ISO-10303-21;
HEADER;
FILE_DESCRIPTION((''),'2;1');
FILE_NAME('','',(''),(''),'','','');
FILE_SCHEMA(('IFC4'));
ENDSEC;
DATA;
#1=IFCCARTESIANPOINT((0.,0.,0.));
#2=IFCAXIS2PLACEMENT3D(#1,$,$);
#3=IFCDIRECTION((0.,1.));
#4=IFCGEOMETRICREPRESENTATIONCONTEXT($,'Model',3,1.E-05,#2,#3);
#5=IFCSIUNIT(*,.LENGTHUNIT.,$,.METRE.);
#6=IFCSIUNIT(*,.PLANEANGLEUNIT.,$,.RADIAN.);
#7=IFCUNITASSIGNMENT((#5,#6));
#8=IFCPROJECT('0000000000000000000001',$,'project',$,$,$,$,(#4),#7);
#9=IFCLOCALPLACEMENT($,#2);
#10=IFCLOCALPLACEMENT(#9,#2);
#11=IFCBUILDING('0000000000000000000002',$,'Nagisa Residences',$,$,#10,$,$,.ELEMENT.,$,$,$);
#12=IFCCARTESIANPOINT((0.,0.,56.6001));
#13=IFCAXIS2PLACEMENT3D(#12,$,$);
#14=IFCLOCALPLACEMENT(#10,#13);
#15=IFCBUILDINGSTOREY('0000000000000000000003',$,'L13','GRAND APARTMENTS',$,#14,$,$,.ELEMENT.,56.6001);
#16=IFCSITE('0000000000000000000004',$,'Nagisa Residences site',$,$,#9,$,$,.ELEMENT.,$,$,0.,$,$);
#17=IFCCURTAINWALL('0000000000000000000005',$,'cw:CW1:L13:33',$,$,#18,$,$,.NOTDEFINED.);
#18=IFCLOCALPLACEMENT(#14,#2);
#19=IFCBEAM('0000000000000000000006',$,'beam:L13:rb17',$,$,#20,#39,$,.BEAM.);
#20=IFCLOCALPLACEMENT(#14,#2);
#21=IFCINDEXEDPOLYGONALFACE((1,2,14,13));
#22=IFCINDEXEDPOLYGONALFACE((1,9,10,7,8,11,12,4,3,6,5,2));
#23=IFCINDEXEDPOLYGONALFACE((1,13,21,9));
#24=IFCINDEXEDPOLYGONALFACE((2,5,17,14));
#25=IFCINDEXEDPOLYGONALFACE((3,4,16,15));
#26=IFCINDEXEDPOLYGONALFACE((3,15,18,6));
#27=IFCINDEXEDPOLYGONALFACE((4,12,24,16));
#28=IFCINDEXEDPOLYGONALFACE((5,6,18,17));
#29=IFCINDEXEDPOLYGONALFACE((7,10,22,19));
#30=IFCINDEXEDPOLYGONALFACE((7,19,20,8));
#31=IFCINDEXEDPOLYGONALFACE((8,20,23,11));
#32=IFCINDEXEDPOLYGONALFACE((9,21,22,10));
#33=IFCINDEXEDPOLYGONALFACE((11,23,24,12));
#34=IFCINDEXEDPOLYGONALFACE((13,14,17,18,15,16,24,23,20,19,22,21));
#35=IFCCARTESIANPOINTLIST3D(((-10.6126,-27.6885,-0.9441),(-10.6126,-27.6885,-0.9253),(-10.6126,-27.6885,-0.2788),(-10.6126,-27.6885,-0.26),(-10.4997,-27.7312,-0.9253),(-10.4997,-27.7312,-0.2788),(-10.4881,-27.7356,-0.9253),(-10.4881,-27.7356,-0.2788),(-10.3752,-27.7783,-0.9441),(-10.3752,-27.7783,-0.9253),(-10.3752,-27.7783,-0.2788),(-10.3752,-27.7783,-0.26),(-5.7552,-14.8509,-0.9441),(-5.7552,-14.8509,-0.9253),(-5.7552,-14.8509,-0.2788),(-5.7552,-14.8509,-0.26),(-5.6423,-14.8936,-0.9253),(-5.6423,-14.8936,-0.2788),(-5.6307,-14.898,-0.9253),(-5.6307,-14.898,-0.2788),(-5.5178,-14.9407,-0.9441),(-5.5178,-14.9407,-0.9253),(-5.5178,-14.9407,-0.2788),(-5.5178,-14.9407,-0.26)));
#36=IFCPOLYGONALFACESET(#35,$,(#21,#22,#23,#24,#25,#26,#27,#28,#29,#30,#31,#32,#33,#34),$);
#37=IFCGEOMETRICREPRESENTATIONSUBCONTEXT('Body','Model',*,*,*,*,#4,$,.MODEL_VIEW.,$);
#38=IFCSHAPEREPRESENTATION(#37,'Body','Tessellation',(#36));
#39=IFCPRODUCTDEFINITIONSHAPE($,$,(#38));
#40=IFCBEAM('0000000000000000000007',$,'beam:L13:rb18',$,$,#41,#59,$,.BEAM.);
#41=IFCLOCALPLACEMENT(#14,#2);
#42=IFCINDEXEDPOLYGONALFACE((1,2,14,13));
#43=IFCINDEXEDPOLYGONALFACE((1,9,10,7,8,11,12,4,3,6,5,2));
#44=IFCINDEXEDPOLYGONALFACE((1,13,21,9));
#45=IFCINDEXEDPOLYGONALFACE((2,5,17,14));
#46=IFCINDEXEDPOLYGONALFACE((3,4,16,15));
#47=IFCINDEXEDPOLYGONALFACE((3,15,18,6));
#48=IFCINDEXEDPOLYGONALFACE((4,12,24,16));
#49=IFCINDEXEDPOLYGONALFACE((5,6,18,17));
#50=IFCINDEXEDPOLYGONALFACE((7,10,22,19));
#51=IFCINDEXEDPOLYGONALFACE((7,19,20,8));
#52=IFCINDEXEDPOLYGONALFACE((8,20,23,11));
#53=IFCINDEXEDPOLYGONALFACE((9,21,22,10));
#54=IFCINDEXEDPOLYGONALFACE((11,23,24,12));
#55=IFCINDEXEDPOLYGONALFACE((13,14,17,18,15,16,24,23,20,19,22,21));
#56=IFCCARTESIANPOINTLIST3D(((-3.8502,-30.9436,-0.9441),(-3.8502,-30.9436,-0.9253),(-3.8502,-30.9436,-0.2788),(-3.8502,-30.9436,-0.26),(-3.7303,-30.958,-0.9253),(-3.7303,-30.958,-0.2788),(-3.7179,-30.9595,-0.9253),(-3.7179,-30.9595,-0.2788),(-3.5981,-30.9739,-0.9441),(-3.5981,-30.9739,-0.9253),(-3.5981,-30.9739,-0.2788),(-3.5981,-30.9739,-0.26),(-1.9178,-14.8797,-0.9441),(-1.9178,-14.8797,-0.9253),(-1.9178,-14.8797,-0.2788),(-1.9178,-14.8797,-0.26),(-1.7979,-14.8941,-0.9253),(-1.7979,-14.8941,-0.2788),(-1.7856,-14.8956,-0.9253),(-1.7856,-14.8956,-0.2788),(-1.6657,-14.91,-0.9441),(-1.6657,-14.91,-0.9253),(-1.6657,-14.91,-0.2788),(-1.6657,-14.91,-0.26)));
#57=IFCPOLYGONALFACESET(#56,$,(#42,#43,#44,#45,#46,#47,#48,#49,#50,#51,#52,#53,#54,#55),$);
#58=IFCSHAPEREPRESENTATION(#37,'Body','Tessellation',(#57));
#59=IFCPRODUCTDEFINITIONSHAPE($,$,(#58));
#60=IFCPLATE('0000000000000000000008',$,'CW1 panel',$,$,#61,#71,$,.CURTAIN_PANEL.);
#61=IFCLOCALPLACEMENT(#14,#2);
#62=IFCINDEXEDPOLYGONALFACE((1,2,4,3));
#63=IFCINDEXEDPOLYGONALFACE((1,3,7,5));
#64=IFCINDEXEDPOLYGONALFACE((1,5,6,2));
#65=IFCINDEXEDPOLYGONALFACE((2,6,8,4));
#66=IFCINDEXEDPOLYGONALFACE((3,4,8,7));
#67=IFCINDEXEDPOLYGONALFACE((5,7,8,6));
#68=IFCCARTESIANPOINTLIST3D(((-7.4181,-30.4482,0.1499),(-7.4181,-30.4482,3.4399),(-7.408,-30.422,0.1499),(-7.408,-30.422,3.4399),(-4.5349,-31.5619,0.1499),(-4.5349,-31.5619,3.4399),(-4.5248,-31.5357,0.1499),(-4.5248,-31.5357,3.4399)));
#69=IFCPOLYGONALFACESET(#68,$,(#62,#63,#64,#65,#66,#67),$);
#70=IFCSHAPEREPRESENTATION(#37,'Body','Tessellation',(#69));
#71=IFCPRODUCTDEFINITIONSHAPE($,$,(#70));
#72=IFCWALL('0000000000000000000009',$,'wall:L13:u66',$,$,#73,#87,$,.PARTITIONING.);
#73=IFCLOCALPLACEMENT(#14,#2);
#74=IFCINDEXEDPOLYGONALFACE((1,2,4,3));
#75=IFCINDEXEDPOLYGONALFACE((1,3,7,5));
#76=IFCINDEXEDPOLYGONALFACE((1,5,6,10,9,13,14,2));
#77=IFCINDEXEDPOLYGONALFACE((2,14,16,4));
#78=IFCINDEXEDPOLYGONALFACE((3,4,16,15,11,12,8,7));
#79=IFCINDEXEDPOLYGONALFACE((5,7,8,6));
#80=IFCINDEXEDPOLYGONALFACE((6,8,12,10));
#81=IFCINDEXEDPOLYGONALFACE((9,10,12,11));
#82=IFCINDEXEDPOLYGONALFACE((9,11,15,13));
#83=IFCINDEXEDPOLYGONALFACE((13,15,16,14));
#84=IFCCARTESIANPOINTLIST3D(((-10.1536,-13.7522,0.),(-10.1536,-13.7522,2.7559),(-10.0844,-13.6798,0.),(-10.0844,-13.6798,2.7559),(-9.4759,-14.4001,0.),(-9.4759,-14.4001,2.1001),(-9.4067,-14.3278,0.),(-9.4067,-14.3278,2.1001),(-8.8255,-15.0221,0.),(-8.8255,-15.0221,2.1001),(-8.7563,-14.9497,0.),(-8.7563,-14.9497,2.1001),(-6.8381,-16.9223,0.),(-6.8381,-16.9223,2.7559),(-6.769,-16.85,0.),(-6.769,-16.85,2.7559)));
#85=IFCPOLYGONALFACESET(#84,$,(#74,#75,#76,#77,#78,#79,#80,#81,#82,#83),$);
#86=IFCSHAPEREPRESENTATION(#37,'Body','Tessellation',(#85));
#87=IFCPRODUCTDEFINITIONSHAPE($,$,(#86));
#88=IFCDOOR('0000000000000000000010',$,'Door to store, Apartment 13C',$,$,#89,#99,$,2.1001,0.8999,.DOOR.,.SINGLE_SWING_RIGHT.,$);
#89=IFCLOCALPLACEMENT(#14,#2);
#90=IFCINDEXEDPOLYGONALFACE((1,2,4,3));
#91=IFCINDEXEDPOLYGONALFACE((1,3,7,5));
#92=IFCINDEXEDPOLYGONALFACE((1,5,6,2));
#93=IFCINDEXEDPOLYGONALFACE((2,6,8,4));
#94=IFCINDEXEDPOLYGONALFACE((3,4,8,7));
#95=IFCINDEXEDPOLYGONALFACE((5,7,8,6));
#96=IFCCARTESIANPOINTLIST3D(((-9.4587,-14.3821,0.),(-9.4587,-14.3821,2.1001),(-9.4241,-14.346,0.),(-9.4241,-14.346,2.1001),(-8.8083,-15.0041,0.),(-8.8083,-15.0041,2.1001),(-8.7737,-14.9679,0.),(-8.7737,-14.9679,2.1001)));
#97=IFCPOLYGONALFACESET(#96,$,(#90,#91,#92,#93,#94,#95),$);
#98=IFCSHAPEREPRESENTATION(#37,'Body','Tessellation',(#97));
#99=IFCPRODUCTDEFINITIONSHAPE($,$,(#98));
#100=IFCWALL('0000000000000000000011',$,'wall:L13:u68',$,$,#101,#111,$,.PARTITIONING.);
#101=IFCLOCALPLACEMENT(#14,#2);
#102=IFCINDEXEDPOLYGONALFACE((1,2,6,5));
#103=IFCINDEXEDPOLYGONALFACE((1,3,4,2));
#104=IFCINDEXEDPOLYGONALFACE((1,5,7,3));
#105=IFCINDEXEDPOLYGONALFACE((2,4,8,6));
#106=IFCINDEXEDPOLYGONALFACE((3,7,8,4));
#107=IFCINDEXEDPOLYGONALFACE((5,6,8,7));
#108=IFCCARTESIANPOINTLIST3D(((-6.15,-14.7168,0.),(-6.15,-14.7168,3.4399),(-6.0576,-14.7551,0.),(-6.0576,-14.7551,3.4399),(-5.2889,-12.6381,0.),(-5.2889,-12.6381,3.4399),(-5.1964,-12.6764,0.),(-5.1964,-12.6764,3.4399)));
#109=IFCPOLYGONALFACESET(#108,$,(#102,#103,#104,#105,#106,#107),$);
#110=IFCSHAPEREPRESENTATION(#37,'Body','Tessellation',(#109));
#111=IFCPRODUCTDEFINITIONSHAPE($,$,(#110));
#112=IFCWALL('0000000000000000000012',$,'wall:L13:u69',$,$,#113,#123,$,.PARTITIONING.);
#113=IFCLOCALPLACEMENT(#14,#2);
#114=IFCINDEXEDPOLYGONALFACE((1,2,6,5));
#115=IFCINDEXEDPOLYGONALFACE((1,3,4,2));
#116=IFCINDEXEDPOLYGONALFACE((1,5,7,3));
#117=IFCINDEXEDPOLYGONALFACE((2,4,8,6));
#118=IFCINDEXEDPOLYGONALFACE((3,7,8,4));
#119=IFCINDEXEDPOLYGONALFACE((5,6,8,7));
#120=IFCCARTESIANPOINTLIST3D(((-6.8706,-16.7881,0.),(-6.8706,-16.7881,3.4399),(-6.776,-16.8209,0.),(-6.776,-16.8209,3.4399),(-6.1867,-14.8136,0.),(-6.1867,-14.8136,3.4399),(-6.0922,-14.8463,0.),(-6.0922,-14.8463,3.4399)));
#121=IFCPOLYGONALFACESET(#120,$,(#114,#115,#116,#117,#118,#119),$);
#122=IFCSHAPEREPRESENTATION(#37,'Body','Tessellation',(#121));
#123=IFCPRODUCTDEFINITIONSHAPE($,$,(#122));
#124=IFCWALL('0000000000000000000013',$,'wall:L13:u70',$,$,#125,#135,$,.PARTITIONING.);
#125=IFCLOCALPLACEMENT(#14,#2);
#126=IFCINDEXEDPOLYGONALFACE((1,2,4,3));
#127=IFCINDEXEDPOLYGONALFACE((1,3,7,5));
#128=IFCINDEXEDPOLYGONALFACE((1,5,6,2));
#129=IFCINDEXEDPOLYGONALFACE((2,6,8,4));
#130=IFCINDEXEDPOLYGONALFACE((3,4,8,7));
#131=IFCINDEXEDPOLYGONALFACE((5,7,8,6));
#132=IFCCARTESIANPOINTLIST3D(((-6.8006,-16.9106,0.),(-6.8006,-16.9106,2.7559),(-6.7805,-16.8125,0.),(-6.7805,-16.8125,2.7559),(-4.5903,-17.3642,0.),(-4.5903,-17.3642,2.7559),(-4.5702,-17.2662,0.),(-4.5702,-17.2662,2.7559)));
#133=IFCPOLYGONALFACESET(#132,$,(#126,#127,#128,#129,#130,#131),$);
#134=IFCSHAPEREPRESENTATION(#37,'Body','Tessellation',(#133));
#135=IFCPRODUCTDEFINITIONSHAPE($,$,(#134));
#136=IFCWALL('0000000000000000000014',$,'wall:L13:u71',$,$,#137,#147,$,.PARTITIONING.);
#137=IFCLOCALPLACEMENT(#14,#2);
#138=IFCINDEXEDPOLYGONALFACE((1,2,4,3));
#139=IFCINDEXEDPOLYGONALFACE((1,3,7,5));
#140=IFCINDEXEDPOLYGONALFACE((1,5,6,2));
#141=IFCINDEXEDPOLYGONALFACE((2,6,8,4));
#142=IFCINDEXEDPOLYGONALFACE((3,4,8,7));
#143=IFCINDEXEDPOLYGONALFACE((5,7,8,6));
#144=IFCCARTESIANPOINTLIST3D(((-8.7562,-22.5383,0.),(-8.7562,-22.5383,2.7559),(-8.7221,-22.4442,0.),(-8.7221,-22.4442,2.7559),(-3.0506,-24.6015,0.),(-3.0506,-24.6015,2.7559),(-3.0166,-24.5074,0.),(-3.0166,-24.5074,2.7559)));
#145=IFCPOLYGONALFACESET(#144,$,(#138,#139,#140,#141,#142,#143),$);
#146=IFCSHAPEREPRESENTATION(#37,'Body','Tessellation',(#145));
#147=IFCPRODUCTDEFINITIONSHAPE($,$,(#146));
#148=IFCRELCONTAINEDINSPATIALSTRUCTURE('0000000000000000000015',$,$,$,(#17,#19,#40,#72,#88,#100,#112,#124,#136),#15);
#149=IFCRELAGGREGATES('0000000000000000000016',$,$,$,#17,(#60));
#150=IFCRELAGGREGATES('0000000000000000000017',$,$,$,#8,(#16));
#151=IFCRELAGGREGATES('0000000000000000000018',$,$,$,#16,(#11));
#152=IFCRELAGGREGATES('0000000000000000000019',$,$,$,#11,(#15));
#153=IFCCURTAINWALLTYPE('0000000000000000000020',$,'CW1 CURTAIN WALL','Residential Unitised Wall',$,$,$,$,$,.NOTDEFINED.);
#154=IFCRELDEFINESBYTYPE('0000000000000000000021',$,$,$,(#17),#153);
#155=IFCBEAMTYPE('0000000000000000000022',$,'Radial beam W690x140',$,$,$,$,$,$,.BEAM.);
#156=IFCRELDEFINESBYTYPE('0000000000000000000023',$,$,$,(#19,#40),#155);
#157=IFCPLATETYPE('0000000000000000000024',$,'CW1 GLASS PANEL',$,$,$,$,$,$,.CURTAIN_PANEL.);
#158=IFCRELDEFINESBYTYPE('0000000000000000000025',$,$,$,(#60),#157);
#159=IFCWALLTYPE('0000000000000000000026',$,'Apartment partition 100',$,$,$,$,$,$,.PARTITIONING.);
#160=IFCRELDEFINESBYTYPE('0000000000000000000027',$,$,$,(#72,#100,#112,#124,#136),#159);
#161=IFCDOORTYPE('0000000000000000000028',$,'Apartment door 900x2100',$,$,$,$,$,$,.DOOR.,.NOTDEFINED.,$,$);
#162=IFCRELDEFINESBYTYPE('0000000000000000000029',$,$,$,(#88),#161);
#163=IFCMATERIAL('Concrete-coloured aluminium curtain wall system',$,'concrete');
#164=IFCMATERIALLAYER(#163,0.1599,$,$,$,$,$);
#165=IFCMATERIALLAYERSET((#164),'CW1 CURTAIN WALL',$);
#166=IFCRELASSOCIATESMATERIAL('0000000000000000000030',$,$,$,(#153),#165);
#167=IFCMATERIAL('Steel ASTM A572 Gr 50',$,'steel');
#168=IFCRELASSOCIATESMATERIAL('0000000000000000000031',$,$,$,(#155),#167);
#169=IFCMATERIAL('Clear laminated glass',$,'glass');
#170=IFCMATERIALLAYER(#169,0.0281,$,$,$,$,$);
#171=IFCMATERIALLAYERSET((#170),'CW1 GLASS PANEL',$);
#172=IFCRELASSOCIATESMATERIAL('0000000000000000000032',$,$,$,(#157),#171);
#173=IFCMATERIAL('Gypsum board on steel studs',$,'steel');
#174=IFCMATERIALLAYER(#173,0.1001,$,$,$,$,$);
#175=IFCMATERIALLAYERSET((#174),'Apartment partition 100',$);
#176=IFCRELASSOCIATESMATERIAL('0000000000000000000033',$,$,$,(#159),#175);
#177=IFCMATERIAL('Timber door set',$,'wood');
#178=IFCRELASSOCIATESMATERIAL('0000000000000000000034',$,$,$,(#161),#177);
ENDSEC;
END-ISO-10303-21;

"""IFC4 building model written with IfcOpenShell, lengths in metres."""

from ifc_helpers import new_model, si_unit, direction, frame, frame_2d, origin, origin_2d, place, context, subcontext, project, spatial, rectangle, i_section, extrude, material, layer, layer_set, material_profile, profile_set, type_object, element, fill, aggregate, save


model = new_model("IFC4")

# Units and contexts
model_context = context("Model", 3, precision=1e-05, world=origin(), true_north=direction((0.0, 1.0)))
body_context = subcontext(model_context, "Body", "Model", "MODEL_VIEW")
ifc_project = project(units=[si_unit("LENGTHUNIT", "METRE"), si_unit("PLANEANGLEUNIT", "RADIAN")], contexts=[model_context])

# Site, building, storey
site_placement = place(None, origin())
site = spatial("IfcSite", under=ifc_project, at=site_placement, Name="Nagisa Residences site", CompositionType="ELEMENT", RefElevation=0.0)
building_placement = place(site_placement, origin())
building = spatial("IfcBuilding", under=site, at=building_placement, Name="Nagisa Residences", CompositionType="ELEMENT")
storey_placement = place(building_placement, frame((0.0, 0.0, 56.6001)))
storey = spatial("IfcBuildingStorey", under=building, at=storey_placement, Name="L13", Description="GRAND APARTMENTS", CompositionType="ELEMENT", Elevation=56.6001)

# Curtain wall
ifc_material_1 = material(Name="Concrete-coloured aluminium curtain wall system", Category="concrete")
ifc_layer_1 = layer(ifc_material_1, 0.1599)
ifc_layer_set_1 = layer_set([ifc_layer_1], Name="CW1 CURTAIN WALL")
curtain_wall_type = type_object("IfcCurtainWallType", Name="CW1 CURTAIN WALL", Description="Residential Unitised Wall", PredefinedType="NOTDEFINED", material=ifc_layer_set_1)
curtain_wall_1_placement = place(storey_placement, origin())
curtain_wall_1 = element("IfcCurtainWall", 1, at=curtain_wall_1_placement, inside=storey, type_object=curtain_wall_type, Name="cw:CW1:L13:33", PredefinedType="NOTDEFINED")

# Beams
ifc_material_2 = material(Name="Steel ASTM A572 Gr 50", Category="steel")
ifc_material_profile_1 = material_profile(ifc_material_2, i_section(OverallWidth=0.2539, OverallDepth=0.6841, WebThickness=0.0125, FlangeThickness=0.0188, at=origin_2d()), Name="W690x140")
ifc_profile_set_1 = profile_set([ifc_material_profile_1], Name="Steel ASTM A572 Gr 50")
beam_type_1 = type_object("IfcBeamType", Name="Radial beam W690x140", PredefinedType="BEAM", material=ifc_profile_set_1)
beam_1_placement = place(storey_placement, frame((-10.4939, -27.7334, -0.6021), z_axis=(0.353888, 0.935288, 0.0), x_axis=(-0.935288, 0.353888, 0.0)))
element("IfcBeam", 2, at=beam_1_placement, inside=storey, type_object=beam_type_1, Name="beam:L13:rb17", PredefinedType="BEAM", context=body_context, shape_type="SweptSolid", body=[
    extrude(i_section(OverallWidth=0.2539, OverallDepth=0.6841, WebThickness=0.0125, FlangeThickness=0.0188, at=origin_2d()), origin(), (0.0, 0.0, 1.0), 13.7258),
])
beam_2_placement = place(storey_placement, frame((-3.7241, -30.9587, -0.6021), z_axis=(0.119431, 0.992842, 0.0), x_axis=(-0.992842, 0.119431, 0.0)))
element("IfcBeam", 3, at=beam_2_placement, inside=storey, type_object=beam_type_1, Name="beam:L13:rb18", PredefinedType="BEAM", context=body_context, shape_type="SweptSolid", body=[
    extrude(i_section(OverallWidth=0.2539, OverallDepth=0.6841, WebThickness=0.0125, FlangeThickness=0.0188, at=origin_2d()), origin(), (0.0, 0.0, 1.0), 16.1797),
])

# Plate
ifc_material_3 = material(Name="Clear laminated glass", Category="glass")
ifc_layer_2 = layer(ifc_material_3, 0.0281)
ifc_layer_set_2 = layer_set([ifc_layer_2], Name="CW1 GLASS PANEL")
plate_type = type_object("IfcPlateType", Name="CW1 GLASS PANEL", PredefinedType="CURTAIN_PANEL", material=ifc_layer_set_2)
plate_placement = place(storey_placement, frame((-5.9714, -30.9919, 0.1499), z_axis=(0.0, 0.0, 1.0), x_axis=(0.932826, -0.360328, 0.0)))
plate = element("IfcPlate", 4, at=plate_placement, type_object=plate_type, Name="CW1 panel", PredefinedType="CURTAIN_PANEL", context=body_context, shape_type="SweptSolid", body=[
    extrude(rectangle(XDim=3.0908, YDim=0.0281, at=origin_2d()), origin(), (0.0, 0.0, 1.0), 3.29),
])
aggregate(curtain_wall_1, [plate])

# Wall, opening, door
ifc_material_4 = material(Name="Gypsum board on steel studs", Category="steel")
ifc_layer_3 = layer(ifc_material_4, 0.1001)
ifc_layer_set_3 = layer_set([ifc_layer_3], Name="Apartment partition 100")
wall_type_1 = type_object("IfcWallType", Name="Apartment partition 100", PredefinedType="PARTITIONING", material=ifc_layer_set_3)
wall_1_placement = place(storey_placement, frame((-10.1189, -13.7161, 0.0), z_axis=(0.0, 0.0, 1.0), x_axis=(0.722763, -0.691096, 0.0)))
wall_1 = element("IfcWall", 5, at=wall_1_placement, inside=storey, type_object=wall_type_1, Name="wall:L13:u66", PredefinedType="PARTITIONING", context=body_context, shape_type="SweptSolid", body=[
    extrude(rectangle(XDim=4.5872, YDim=0.1001, at=frame_2d((2.2935, 0.0))), origin(), (0.0, 0.0, 1.0), 2.7559),
])
opening_1_placement = place(wall_1_placement, frame((0.9375, 0.0, 0.0)))
opening_1 = element("IfcOpeningElement", 6, at=opening_1_placement, cuts=wall_1, PredefinedType="OPENING", context=body_context, shape_type="SweptSolid", body=[
    extrude(rectangle(XDim=0.8999, YDim=2.1001, at=frame_2d((0.45, 1.05))), frame((0.0, 0.0601, 0.0), z_axis=(0.0, -1.0, 0.0), x_axis=(1.0, 0.0, 0.0)), (0.0, 0.0, 1.0), 0.1201),
])
ifc_material_5 = material(Name="Timber door set", Category="wood")
door_type_1 = type_object("IfcDoorType", Name="Apartment door 900x2100", OperationType="NOTDEFINED", PredefinedType="DOOR", material=ifc_material_5)
door_1_placement = place(opening_1_placement, origin())
door_1 = element("IfcDoor", 7, at=door_1_placement, inside=storey, type_object=door_type_1, Name="Door to store, Apartment 13C", OperationType="SINGLE_SWING_RIGHT", OverallHeight=2.1001, OverallWidth=0.8999, PredefinedType="DOOR", context=body_context, shape_type="SweptSolid", body=[
    extrude(rectangle(XDim=0.8999, YDim=2.1001, at=frame_2d((0.45, 1.05))), frame((0.0, 0.0249, 0.0), z_axis=(0.0, -1.0, 0.0), x_axis=(1.0, 0.0, 0.0)), (0.0, 0.0, 1.0), 0.05),
])
fill(opening_1, door_1)

# Walls
wall_2_placement = place(storey_placement, frame((-5.2427, -12.6572, 0.0), z_axis=(0.0, 0.0, 1.0), x_axis=(-0.382719, -0.923865, 0.0)))
element("IfcWall", 8, at=wall_2_placement, inside=storey, type_object=wall_type_1, Name="wall:L13:u68", PredefinedType="PARTITIONING", context=body_context, shape_type="SweptSolid", body=[
    extrude(rectangle(XDim=2.25, YDim=0.1001, at=frame_2d((1.125, 0.0))), origin(), (0.0, 0.0, 1.0), 3.4399),
])
wall_3_placement = place(storey_placement, frame((-6.1394, -14.8298, 0.0), z_axis=(0.0, 0.0, 1.0), x_axis=(-0.327247, -0.944939, 0.0)))
element("IfcWall", 9, at=wall_3_placement, inside=storey, type_object=wall_type_1, Name="wall:L13:u69", PredefinedType="PARTITIONING", context=body_context, shape_type="SweptSolid", body=[
    extrude(rectangle(XDim=2.0896, YDim=0.1001, at=frame_2d((1.0449, 0.0))), origin(), (0.0, 0.0, 1.0), 3.4399),
])
wall_4_placement = place(storey_placement, frame((-6.7905, -16.8616, 0.0), z_axis=(0.0, 0.0, 1.0), x_axis=(0.979582, -0.201045, 0.0)))
element("IfcWall", 10, at=wall_4_placement, inside=storey, type_object=wall_type_1, Name="wall:L13:u70", PredefinedType="PARTITIONING", context=body_context, shape_type="SweptSolid", body=[
    extrude(rectangle(XDim=2.2563, YDim=0.1001, at=frame_2d((1.1282, 0.0))), origin(), (0.0, 0.0, 1.0), 2.7559),
])
wall_5_placement = place(storey_placement, frame((-8.7393, -22.4912, 0.0), z_axis=(0.0, 0.0, 1.0), x_axis=(0.940402, -0.340066, 0.0)))
element("IfcWall", 11, at=wall_5_placement, inside=storey, type_object=wall_type_1, Name="wall:L13:u71", PredefinedType="PARTITIONING", context=body_context, shape_type="SweptSolid", body=[
    extrude(rectangle(XDim=6.0671, YDim=0.1001, at=frame_2d((3.0337, 0.0))), origin(), (0.0, 0.0, 1.0), 2.7559),
])

save(model, "model.ifc")
